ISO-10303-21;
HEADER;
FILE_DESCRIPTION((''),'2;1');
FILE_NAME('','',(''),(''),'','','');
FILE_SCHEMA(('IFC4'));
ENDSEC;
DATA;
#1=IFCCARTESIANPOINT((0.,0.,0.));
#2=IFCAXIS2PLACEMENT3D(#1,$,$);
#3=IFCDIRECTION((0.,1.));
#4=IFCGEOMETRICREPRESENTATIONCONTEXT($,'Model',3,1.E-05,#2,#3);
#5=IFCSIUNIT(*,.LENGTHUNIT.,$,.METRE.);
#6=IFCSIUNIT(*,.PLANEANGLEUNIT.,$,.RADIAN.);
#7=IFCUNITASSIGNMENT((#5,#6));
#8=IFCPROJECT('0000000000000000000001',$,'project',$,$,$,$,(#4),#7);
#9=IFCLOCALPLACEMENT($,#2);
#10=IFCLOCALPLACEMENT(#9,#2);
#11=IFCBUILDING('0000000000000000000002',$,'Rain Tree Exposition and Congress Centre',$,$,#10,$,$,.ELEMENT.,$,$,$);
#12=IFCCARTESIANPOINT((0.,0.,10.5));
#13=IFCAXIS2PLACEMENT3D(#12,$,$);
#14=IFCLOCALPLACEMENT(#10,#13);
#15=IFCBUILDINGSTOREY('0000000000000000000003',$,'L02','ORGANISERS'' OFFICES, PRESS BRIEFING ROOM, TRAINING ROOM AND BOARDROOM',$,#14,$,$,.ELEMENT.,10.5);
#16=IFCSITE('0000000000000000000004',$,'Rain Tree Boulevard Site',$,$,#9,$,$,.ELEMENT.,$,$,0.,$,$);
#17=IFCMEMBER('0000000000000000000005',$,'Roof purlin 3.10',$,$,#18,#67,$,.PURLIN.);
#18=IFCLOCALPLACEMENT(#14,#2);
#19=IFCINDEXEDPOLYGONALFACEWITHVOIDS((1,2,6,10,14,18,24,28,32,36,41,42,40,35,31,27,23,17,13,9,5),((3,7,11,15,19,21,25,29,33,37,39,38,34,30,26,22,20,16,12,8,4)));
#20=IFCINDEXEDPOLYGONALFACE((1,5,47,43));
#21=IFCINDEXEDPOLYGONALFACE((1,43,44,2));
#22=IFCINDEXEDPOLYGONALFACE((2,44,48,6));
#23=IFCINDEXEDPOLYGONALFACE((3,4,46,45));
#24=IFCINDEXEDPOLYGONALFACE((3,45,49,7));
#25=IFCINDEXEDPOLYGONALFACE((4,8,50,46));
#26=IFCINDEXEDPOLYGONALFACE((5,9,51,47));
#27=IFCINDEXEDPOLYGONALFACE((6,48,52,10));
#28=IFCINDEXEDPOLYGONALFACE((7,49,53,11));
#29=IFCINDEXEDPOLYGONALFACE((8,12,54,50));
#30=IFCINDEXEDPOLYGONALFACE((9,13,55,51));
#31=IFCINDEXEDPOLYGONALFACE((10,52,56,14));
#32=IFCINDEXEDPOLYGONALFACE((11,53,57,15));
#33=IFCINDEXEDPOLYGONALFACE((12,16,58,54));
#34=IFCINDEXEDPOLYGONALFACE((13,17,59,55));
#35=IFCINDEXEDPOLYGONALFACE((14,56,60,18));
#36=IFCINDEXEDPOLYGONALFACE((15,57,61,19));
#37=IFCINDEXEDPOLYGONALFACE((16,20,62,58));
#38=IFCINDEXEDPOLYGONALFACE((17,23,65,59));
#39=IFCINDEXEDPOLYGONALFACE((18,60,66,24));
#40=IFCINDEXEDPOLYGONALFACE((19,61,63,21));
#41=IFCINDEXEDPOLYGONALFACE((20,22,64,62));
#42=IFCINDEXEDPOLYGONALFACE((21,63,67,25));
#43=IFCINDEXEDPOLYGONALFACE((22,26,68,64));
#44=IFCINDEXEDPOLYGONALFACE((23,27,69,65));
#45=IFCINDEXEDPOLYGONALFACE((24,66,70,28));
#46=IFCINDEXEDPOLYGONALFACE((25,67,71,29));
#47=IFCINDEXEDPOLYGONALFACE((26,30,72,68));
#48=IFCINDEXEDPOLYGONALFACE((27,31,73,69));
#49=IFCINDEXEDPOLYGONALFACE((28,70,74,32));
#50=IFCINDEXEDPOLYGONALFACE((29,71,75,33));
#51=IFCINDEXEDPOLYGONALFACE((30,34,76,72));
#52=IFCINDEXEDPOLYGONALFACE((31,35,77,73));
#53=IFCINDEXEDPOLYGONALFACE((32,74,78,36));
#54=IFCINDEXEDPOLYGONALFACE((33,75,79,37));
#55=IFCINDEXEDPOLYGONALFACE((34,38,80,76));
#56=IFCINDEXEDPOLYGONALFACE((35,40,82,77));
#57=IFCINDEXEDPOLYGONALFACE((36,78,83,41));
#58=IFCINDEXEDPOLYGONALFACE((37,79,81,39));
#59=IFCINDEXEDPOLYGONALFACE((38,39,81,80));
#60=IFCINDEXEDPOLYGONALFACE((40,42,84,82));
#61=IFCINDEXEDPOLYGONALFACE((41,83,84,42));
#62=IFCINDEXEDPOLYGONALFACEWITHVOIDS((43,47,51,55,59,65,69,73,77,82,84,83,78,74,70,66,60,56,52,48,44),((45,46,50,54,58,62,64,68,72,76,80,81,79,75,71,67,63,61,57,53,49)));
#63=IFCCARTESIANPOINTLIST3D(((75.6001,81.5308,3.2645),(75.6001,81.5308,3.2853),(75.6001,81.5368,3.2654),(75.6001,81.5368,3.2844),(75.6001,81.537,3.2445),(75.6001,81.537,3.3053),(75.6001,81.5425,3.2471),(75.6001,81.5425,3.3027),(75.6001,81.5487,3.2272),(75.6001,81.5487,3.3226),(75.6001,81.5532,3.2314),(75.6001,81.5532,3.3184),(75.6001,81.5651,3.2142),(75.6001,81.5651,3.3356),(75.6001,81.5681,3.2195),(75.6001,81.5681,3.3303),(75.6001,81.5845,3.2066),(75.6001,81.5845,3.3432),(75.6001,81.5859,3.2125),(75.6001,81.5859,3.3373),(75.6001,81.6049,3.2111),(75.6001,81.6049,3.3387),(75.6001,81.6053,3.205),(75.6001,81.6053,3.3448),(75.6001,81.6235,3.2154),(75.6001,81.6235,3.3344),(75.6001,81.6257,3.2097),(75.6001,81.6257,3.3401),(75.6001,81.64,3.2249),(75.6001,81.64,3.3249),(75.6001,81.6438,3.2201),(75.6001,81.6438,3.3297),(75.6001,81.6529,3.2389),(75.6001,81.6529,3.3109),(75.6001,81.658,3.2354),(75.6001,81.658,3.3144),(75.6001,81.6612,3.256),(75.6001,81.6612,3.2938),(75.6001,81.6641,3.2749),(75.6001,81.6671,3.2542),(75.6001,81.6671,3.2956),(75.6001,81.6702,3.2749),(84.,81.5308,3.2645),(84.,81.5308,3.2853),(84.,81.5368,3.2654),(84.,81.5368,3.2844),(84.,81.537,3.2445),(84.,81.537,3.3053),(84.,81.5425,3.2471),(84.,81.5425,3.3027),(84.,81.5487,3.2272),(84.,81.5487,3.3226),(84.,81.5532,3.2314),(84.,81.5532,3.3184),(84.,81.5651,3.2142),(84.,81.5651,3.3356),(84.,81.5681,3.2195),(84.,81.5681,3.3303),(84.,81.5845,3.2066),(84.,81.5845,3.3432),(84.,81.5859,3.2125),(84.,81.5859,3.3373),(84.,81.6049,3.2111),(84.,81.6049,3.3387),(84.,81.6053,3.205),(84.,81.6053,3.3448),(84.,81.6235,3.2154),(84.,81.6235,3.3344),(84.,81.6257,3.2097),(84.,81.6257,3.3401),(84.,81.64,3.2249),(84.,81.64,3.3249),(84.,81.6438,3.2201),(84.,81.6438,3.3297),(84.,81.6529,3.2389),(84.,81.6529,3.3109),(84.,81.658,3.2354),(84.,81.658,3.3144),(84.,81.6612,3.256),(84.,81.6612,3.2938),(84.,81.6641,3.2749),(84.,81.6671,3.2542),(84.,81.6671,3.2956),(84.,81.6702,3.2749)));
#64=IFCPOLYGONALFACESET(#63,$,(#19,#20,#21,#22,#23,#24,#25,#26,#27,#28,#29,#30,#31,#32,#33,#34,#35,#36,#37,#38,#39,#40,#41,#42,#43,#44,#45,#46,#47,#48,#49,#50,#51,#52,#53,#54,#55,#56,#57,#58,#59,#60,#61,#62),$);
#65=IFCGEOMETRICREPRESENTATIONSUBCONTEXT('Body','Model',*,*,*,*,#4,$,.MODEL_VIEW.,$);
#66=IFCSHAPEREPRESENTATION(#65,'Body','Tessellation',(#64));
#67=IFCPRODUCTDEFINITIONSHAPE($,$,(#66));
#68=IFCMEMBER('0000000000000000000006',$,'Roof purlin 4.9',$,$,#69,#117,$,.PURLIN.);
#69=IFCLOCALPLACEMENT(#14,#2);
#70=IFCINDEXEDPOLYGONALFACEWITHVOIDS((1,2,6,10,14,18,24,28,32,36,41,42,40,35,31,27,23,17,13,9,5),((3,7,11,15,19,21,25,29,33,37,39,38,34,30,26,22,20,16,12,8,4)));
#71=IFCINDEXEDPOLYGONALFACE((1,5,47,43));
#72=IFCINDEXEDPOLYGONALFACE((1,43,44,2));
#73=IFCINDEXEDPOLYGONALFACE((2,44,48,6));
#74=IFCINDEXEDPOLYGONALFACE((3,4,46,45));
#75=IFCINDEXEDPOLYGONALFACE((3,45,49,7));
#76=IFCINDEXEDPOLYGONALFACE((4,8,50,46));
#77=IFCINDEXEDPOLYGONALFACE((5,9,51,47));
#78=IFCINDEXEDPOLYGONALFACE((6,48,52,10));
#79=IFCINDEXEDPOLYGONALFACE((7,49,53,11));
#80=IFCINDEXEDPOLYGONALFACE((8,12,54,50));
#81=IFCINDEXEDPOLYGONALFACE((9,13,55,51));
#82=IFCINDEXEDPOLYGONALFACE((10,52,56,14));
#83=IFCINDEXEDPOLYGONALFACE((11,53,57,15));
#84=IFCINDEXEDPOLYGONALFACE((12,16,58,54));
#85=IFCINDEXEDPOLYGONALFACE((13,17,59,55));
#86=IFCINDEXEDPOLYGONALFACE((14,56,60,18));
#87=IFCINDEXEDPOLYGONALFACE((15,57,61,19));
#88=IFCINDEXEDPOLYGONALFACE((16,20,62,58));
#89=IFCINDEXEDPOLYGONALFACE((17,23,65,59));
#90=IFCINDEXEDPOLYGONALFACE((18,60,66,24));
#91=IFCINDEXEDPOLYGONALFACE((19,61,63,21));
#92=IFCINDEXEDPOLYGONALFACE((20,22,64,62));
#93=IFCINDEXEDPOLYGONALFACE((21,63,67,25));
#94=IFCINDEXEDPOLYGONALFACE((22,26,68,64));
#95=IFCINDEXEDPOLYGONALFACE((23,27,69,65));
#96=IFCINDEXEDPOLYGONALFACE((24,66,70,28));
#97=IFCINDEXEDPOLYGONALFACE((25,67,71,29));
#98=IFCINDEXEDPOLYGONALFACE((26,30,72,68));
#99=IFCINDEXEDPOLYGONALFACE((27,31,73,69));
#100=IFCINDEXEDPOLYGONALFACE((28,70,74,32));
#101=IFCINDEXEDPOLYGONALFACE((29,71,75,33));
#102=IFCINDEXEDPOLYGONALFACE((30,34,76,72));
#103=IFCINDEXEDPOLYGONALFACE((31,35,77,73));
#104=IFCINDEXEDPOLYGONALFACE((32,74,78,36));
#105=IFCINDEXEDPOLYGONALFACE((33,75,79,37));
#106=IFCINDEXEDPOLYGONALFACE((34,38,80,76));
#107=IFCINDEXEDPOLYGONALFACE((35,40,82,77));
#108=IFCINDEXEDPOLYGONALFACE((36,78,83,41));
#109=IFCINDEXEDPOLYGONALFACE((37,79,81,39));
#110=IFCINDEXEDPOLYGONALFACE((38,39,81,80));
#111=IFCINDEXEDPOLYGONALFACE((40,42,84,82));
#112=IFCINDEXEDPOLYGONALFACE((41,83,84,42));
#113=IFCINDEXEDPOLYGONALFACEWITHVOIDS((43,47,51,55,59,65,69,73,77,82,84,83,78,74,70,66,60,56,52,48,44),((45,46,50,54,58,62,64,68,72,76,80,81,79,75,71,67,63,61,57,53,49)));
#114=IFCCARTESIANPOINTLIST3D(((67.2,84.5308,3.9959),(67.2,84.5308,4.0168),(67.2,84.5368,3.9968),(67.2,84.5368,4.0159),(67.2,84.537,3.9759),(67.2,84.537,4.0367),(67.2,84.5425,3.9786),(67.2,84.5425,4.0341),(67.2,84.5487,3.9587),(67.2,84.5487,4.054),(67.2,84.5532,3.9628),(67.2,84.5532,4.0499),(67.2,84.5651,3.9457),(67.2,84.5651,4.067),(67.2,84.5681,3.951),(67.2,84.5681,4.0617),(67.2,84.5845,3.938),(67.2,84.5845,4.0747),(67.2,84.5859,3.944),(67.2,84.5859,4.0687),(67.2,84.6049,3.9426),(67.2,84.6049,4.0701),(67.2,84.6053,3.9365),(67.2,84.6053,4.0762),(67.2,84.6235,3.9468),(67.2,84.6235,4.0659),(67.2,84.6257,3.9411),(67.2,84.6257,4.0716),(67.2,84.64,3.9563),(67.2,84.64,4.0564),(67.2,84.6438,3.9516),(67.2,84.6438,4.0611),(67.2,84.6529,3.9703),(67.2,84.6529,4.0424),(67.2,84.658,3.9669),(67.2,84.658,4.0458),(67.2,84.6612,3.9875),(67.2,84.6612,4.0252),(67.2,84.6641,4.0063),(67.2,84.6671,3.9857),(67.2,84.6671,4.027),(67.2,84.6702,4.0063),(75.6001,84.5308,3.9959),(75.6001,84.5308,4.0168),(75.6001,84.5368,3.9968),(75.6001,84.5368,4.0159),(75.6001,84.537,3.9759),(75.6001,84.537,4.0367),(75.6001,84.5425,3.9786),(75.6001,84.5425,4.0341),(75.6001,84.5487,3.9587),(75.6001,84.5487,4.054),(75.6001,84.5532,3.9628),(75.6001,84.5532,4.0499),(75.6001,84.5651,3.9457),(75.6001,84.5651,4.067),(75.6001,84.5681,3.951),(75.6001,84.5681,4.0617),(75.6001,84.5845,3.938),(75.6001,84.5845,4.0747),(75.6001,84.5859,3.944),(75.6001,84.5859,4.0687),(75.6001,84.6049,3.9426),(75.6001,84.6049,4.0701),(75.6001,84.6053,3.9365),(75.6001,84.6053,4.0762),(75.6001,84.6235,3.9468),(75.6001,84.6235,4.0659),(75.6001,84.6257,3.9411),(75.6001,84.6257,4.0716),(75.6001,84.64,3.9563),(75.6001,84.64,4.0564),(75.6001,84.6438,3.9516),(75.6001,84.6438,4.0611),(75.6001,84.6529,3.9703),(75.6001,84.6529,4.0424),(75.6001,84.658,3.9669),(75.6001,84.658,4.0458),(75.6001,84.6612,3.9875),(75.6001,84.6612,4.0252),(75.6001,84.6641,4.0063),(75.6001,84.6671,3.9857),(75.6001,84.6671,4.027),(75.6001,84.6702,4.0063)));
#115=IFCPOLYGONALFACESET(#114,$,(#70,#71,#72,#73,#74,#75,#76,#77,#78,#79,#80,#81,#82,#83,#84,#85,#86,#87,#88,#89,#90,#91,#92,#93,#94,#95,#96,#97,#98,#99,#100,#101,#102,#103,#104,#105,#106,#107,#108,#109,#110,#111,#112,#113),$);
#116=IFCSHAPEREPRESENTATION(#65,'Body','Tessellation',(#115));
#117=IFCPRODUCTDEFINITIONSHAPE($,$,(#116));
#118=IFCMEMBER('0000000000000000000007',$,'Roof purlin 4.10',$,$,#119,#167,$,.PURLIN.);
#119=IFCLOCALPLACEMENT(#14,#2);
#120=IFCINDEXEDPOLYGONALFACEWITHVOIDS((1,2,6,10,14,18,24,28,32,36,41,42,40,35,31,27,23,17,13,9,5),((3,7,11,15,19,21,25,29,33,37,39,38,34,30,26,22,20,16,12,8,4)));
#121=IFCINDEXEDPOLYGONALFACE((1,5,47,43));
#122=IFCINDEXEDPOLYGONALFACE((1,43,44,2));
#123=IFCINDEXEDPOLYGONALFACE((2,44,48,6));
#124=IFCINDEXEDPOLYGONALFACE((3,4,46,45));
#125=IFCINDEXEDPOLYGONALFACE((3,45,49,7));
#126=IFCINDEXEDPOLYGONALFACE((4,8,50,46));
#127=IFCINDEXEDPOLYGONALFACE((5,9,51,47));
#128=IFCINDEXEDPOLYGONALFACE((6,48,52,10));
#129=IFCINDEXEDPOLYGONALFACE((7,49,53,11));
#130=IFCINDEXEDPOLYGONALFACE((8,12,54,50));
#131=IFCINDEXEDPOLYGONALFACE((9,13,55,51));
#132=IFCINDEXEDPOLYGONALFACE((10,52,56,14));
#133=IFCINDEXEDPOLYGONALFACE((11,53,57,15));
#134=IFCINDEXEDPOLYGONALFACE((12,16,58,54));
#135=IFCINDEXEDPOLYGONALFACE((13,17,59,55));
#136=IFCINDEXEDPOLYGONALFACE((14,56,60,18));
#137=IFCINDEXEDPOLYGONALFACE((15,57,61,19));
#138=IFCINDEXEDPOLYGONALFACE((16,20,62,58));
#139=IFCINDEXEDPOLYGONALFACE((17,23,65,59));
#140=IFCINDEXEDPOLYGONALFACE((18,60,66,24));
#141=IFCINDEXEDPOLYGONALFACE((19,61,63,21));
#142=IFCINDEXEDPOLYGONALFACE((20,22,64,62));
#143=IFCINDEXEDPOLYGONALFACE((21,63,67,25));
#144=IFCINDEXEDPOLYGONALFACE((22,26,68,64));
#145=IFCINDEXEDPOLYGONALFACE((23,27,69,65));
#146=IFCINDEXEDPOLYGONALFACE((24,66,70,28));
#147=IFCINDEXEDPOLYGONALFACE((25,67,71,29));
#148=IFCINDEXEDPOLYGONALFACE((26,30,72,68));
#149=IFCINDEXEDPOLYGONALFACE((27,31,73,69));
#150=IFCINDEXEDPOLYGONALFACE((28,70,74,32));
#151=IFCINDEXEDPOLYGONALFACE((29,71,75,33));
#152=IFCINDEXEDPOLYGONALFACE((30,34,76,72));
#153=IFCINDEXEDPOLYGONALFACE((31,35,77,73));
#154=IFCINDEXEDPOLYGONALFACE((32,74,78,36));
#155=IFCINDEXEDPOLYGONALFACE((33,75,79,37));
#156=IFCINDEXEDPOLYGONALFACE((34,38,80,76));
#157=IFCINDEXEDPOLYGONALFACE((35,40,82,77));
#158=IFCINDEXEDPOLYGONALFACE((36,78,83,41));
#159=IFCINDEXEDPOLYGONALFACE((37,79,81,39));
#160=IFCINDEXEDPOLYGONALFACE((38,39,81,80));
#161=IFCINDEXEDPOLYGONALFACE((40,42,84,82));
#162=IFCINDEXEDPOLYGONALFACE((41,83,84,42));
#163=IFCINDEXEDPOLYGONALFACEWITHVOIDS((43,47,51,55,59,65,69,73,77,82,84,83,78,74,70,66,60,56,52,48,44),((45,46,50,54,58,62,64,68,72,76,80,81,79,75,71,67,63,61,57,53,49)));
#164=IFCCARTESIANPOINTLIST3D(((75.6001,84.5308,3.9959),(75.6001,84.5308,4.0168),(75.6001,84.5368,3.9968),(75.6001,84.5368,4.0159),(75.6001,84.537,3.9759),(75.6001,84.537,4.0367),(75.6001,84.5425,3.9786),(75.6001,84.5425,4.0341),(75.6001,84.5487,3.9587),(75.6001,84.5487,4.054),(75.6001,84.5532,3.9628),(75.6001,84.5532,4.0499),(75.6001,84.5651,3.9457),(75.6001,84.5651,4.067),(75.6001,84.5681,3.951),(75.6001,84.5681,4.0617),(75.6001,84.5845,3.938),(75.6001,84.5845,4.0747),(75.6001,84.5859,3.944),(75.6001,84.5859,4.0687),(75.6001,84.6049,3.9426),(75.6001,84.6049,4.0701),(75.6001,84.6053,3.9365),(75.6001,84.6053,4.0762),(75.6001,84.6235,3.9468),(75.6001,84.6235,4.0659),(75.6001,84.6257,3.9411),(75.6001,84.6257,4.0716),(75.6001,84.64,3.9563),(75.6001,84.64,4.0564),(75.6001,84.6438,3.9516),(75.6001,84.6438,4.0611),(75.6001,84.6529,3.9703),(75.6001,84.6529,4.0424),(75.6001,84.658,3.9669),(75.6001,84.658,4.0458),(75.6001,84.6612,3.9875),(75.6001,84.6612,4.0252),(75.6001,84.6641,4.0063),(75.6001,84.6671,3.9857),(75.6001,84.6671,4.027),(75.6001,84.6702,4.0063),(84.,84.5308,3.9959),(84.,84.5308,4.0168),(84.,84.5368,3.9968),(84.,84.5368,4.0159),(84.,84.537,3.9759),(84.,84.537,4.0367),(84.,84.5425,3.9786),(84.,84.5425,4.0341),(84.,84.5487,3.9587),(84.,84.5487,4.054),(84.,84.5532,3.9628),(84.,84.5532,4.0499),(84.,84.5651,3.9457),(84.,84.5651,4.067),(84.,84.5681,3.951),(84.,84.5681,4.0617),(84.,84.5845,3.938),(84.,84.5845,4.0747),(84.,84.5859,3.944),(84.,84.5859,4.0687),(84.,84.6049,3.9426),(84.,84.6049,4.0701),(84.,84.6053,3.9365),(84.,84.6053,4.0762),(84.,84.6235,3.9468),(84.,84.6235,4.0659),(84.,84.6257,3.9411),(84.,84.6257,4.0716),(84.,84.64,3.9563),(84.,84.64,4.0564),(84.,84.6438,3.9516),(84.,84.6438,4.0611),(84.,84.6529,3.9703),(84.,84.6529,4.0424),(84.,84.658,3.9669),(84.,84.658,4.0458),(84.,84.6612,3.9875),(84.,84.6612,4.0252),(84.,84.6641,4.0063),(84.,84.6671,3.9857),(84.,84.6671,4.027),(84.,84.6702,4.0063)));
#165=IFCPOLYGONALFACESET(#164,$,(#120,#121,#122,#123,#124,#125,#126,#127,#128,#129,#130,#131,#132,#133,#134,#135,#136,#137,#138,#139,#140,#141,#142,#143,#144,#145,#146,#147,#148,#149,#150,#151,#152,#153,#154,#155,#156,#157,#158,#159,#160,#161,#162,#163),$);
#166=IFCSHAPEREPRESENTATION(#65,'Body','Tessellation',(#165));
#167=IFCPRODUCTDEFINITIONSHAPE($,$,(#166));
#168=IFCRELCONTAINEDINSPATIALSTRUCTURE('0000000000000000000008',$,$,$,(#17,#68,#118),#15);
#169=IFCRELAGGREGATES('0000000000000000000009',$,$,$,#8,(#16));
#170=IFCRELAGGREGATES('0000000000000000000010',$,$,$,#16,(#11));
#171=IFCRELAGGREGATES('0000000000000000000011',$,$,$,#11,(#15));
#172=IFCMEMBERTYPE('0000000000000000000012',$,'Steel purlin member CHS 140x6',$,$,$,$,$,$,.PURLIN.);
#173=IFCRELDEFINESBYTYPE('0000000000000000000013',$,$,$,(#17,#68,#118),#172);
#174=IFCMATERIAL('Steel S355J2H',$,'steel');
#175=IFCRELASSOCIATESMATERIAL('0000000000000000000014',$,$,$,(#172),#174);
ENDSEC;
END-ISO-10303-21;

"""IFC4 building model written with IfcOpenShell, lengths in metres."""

from ifc_helpers import new_model, si_unit, direction, frame, origin, origin_2d, place, context, subcontext, project, spatial, hollow_circle, extrude, material, material_profile, profile_set, type_object, element, save


model = new_model("IFC4")

# Units and contexts
model_context = context("Model", 3, precision=1e-05, world=origin(), true_north=direction((0.0, 1.0)))
body_context = subcontext(model_context, "Body", "Model", "MODEL_VIEW")
ifc_project = project(units=[si_unit("LENGTHUNIT", "METRE"), si_unit("PLANEANGLEUNIT", "RADIAN")], contexts=[model_context])

# Site, building, storey
site_placement = place(None, origin())
site = spatial("IfcSite", under=ifc_project, at=site_placement, Name="Rain Tree Boulevard Site", CompositionType="ELEMENT", RefElevation=0.0)
building_placement = place(site_placement, origin())
building = spatial("IfcBuilding", under=site, at=building_placement, Name="Rain Tree Exposition and Congress Centre", CompositionType="ELEMENT")
storey_placement = place(building_placement, frame((0.0, 0.0, 10.5)))
storey = spatial("IfcBuildingStorey", under=building, at=storey_placement, Name="L02", Description="ORGANISERS' OFFICES, PRESS BRIEFING ROOM, TRAINING ROOM AND BOARDROOM", CompositionType="ELEMENT", Elevation=10.5)

# Members
ifc_material_1 = material(Name="Steel S355J2H", Category="steel")
ifc_material_profile_1 = material_profile(ifc_material_1, hollow_circle(Radius=0.0701, WallThickness=0.0061, at=origin_2d()), Name="CHS 140x6")
ifc_profile_set_1 = profile_set([ifc_material_profile_1], Name="Steel S355J2H")
member_type_1 = type_object("IfcMemberType", Name="Steel purlin member CHS 140x6", PredefinedType="PURLIN", material=ifc_profile_set_1)
member_1_placement = place(storey_placement, frame((75.6001, 81.6001, 3.2749), z_axis=(1.0, 0.0, 0.0), x_axis=(0.0, 1.0, 0.0)))
element("IfcMember", 1, at=member_1_placement, inside=storey, type_object=member_type_1, Name="Roof purlin 3.10", PredefinedType="PURLIN", context=body_context, shape_type="SweptSolid", body=[
    extrude(hollow_circle(Radius=0.0701, WallThickness=0.0061, at=origin_2d()), origin(), (0.0, 0.0, 1.0), 8.3999),
])
member_2_placement = place(storey_placement, frame((67.2, 84.6001, 4.0063), z_axis=(1.0, 0.0, 0.0), x_axis=(0.0, 1.0, 0.0)))
element("IfcMember", 2, at=member_2_placement, inside=storey, type_object=member_type_1, Name="Roof purlin 4.9", PredefinedType="PURLIN", context=body_context, shape_type="SweptSolid", body=[
    extrude(hollow_circle(Radius=0.0701, WallThickness=0.0061, at=origin_2d()), origin(), (0.0, 0.0, 1.0), 8.4001),
])
member_3_placement = place(storey_placement, frame((75.6001, 84.6001, 4.0063), z_axis=(1.0, 0.0, 0.0), x_axis=(0.0, 1.0, 0.0)))
element("IfcMember", 3, at=member_3_placement, inside=storey, type_object=member_type_1, Name="Roof purlin 4.10", PredefinedType="PURLIN", context=body_context, shape_type="SweptSolid", body=[
    extrude(hollow_circle(Radius=0.0701, WallThickness=0.0061, at=origin_2d()), origin(), (0.0, 0.0, 1.0), 8.3999),
])

save(model, "model.ifc")
